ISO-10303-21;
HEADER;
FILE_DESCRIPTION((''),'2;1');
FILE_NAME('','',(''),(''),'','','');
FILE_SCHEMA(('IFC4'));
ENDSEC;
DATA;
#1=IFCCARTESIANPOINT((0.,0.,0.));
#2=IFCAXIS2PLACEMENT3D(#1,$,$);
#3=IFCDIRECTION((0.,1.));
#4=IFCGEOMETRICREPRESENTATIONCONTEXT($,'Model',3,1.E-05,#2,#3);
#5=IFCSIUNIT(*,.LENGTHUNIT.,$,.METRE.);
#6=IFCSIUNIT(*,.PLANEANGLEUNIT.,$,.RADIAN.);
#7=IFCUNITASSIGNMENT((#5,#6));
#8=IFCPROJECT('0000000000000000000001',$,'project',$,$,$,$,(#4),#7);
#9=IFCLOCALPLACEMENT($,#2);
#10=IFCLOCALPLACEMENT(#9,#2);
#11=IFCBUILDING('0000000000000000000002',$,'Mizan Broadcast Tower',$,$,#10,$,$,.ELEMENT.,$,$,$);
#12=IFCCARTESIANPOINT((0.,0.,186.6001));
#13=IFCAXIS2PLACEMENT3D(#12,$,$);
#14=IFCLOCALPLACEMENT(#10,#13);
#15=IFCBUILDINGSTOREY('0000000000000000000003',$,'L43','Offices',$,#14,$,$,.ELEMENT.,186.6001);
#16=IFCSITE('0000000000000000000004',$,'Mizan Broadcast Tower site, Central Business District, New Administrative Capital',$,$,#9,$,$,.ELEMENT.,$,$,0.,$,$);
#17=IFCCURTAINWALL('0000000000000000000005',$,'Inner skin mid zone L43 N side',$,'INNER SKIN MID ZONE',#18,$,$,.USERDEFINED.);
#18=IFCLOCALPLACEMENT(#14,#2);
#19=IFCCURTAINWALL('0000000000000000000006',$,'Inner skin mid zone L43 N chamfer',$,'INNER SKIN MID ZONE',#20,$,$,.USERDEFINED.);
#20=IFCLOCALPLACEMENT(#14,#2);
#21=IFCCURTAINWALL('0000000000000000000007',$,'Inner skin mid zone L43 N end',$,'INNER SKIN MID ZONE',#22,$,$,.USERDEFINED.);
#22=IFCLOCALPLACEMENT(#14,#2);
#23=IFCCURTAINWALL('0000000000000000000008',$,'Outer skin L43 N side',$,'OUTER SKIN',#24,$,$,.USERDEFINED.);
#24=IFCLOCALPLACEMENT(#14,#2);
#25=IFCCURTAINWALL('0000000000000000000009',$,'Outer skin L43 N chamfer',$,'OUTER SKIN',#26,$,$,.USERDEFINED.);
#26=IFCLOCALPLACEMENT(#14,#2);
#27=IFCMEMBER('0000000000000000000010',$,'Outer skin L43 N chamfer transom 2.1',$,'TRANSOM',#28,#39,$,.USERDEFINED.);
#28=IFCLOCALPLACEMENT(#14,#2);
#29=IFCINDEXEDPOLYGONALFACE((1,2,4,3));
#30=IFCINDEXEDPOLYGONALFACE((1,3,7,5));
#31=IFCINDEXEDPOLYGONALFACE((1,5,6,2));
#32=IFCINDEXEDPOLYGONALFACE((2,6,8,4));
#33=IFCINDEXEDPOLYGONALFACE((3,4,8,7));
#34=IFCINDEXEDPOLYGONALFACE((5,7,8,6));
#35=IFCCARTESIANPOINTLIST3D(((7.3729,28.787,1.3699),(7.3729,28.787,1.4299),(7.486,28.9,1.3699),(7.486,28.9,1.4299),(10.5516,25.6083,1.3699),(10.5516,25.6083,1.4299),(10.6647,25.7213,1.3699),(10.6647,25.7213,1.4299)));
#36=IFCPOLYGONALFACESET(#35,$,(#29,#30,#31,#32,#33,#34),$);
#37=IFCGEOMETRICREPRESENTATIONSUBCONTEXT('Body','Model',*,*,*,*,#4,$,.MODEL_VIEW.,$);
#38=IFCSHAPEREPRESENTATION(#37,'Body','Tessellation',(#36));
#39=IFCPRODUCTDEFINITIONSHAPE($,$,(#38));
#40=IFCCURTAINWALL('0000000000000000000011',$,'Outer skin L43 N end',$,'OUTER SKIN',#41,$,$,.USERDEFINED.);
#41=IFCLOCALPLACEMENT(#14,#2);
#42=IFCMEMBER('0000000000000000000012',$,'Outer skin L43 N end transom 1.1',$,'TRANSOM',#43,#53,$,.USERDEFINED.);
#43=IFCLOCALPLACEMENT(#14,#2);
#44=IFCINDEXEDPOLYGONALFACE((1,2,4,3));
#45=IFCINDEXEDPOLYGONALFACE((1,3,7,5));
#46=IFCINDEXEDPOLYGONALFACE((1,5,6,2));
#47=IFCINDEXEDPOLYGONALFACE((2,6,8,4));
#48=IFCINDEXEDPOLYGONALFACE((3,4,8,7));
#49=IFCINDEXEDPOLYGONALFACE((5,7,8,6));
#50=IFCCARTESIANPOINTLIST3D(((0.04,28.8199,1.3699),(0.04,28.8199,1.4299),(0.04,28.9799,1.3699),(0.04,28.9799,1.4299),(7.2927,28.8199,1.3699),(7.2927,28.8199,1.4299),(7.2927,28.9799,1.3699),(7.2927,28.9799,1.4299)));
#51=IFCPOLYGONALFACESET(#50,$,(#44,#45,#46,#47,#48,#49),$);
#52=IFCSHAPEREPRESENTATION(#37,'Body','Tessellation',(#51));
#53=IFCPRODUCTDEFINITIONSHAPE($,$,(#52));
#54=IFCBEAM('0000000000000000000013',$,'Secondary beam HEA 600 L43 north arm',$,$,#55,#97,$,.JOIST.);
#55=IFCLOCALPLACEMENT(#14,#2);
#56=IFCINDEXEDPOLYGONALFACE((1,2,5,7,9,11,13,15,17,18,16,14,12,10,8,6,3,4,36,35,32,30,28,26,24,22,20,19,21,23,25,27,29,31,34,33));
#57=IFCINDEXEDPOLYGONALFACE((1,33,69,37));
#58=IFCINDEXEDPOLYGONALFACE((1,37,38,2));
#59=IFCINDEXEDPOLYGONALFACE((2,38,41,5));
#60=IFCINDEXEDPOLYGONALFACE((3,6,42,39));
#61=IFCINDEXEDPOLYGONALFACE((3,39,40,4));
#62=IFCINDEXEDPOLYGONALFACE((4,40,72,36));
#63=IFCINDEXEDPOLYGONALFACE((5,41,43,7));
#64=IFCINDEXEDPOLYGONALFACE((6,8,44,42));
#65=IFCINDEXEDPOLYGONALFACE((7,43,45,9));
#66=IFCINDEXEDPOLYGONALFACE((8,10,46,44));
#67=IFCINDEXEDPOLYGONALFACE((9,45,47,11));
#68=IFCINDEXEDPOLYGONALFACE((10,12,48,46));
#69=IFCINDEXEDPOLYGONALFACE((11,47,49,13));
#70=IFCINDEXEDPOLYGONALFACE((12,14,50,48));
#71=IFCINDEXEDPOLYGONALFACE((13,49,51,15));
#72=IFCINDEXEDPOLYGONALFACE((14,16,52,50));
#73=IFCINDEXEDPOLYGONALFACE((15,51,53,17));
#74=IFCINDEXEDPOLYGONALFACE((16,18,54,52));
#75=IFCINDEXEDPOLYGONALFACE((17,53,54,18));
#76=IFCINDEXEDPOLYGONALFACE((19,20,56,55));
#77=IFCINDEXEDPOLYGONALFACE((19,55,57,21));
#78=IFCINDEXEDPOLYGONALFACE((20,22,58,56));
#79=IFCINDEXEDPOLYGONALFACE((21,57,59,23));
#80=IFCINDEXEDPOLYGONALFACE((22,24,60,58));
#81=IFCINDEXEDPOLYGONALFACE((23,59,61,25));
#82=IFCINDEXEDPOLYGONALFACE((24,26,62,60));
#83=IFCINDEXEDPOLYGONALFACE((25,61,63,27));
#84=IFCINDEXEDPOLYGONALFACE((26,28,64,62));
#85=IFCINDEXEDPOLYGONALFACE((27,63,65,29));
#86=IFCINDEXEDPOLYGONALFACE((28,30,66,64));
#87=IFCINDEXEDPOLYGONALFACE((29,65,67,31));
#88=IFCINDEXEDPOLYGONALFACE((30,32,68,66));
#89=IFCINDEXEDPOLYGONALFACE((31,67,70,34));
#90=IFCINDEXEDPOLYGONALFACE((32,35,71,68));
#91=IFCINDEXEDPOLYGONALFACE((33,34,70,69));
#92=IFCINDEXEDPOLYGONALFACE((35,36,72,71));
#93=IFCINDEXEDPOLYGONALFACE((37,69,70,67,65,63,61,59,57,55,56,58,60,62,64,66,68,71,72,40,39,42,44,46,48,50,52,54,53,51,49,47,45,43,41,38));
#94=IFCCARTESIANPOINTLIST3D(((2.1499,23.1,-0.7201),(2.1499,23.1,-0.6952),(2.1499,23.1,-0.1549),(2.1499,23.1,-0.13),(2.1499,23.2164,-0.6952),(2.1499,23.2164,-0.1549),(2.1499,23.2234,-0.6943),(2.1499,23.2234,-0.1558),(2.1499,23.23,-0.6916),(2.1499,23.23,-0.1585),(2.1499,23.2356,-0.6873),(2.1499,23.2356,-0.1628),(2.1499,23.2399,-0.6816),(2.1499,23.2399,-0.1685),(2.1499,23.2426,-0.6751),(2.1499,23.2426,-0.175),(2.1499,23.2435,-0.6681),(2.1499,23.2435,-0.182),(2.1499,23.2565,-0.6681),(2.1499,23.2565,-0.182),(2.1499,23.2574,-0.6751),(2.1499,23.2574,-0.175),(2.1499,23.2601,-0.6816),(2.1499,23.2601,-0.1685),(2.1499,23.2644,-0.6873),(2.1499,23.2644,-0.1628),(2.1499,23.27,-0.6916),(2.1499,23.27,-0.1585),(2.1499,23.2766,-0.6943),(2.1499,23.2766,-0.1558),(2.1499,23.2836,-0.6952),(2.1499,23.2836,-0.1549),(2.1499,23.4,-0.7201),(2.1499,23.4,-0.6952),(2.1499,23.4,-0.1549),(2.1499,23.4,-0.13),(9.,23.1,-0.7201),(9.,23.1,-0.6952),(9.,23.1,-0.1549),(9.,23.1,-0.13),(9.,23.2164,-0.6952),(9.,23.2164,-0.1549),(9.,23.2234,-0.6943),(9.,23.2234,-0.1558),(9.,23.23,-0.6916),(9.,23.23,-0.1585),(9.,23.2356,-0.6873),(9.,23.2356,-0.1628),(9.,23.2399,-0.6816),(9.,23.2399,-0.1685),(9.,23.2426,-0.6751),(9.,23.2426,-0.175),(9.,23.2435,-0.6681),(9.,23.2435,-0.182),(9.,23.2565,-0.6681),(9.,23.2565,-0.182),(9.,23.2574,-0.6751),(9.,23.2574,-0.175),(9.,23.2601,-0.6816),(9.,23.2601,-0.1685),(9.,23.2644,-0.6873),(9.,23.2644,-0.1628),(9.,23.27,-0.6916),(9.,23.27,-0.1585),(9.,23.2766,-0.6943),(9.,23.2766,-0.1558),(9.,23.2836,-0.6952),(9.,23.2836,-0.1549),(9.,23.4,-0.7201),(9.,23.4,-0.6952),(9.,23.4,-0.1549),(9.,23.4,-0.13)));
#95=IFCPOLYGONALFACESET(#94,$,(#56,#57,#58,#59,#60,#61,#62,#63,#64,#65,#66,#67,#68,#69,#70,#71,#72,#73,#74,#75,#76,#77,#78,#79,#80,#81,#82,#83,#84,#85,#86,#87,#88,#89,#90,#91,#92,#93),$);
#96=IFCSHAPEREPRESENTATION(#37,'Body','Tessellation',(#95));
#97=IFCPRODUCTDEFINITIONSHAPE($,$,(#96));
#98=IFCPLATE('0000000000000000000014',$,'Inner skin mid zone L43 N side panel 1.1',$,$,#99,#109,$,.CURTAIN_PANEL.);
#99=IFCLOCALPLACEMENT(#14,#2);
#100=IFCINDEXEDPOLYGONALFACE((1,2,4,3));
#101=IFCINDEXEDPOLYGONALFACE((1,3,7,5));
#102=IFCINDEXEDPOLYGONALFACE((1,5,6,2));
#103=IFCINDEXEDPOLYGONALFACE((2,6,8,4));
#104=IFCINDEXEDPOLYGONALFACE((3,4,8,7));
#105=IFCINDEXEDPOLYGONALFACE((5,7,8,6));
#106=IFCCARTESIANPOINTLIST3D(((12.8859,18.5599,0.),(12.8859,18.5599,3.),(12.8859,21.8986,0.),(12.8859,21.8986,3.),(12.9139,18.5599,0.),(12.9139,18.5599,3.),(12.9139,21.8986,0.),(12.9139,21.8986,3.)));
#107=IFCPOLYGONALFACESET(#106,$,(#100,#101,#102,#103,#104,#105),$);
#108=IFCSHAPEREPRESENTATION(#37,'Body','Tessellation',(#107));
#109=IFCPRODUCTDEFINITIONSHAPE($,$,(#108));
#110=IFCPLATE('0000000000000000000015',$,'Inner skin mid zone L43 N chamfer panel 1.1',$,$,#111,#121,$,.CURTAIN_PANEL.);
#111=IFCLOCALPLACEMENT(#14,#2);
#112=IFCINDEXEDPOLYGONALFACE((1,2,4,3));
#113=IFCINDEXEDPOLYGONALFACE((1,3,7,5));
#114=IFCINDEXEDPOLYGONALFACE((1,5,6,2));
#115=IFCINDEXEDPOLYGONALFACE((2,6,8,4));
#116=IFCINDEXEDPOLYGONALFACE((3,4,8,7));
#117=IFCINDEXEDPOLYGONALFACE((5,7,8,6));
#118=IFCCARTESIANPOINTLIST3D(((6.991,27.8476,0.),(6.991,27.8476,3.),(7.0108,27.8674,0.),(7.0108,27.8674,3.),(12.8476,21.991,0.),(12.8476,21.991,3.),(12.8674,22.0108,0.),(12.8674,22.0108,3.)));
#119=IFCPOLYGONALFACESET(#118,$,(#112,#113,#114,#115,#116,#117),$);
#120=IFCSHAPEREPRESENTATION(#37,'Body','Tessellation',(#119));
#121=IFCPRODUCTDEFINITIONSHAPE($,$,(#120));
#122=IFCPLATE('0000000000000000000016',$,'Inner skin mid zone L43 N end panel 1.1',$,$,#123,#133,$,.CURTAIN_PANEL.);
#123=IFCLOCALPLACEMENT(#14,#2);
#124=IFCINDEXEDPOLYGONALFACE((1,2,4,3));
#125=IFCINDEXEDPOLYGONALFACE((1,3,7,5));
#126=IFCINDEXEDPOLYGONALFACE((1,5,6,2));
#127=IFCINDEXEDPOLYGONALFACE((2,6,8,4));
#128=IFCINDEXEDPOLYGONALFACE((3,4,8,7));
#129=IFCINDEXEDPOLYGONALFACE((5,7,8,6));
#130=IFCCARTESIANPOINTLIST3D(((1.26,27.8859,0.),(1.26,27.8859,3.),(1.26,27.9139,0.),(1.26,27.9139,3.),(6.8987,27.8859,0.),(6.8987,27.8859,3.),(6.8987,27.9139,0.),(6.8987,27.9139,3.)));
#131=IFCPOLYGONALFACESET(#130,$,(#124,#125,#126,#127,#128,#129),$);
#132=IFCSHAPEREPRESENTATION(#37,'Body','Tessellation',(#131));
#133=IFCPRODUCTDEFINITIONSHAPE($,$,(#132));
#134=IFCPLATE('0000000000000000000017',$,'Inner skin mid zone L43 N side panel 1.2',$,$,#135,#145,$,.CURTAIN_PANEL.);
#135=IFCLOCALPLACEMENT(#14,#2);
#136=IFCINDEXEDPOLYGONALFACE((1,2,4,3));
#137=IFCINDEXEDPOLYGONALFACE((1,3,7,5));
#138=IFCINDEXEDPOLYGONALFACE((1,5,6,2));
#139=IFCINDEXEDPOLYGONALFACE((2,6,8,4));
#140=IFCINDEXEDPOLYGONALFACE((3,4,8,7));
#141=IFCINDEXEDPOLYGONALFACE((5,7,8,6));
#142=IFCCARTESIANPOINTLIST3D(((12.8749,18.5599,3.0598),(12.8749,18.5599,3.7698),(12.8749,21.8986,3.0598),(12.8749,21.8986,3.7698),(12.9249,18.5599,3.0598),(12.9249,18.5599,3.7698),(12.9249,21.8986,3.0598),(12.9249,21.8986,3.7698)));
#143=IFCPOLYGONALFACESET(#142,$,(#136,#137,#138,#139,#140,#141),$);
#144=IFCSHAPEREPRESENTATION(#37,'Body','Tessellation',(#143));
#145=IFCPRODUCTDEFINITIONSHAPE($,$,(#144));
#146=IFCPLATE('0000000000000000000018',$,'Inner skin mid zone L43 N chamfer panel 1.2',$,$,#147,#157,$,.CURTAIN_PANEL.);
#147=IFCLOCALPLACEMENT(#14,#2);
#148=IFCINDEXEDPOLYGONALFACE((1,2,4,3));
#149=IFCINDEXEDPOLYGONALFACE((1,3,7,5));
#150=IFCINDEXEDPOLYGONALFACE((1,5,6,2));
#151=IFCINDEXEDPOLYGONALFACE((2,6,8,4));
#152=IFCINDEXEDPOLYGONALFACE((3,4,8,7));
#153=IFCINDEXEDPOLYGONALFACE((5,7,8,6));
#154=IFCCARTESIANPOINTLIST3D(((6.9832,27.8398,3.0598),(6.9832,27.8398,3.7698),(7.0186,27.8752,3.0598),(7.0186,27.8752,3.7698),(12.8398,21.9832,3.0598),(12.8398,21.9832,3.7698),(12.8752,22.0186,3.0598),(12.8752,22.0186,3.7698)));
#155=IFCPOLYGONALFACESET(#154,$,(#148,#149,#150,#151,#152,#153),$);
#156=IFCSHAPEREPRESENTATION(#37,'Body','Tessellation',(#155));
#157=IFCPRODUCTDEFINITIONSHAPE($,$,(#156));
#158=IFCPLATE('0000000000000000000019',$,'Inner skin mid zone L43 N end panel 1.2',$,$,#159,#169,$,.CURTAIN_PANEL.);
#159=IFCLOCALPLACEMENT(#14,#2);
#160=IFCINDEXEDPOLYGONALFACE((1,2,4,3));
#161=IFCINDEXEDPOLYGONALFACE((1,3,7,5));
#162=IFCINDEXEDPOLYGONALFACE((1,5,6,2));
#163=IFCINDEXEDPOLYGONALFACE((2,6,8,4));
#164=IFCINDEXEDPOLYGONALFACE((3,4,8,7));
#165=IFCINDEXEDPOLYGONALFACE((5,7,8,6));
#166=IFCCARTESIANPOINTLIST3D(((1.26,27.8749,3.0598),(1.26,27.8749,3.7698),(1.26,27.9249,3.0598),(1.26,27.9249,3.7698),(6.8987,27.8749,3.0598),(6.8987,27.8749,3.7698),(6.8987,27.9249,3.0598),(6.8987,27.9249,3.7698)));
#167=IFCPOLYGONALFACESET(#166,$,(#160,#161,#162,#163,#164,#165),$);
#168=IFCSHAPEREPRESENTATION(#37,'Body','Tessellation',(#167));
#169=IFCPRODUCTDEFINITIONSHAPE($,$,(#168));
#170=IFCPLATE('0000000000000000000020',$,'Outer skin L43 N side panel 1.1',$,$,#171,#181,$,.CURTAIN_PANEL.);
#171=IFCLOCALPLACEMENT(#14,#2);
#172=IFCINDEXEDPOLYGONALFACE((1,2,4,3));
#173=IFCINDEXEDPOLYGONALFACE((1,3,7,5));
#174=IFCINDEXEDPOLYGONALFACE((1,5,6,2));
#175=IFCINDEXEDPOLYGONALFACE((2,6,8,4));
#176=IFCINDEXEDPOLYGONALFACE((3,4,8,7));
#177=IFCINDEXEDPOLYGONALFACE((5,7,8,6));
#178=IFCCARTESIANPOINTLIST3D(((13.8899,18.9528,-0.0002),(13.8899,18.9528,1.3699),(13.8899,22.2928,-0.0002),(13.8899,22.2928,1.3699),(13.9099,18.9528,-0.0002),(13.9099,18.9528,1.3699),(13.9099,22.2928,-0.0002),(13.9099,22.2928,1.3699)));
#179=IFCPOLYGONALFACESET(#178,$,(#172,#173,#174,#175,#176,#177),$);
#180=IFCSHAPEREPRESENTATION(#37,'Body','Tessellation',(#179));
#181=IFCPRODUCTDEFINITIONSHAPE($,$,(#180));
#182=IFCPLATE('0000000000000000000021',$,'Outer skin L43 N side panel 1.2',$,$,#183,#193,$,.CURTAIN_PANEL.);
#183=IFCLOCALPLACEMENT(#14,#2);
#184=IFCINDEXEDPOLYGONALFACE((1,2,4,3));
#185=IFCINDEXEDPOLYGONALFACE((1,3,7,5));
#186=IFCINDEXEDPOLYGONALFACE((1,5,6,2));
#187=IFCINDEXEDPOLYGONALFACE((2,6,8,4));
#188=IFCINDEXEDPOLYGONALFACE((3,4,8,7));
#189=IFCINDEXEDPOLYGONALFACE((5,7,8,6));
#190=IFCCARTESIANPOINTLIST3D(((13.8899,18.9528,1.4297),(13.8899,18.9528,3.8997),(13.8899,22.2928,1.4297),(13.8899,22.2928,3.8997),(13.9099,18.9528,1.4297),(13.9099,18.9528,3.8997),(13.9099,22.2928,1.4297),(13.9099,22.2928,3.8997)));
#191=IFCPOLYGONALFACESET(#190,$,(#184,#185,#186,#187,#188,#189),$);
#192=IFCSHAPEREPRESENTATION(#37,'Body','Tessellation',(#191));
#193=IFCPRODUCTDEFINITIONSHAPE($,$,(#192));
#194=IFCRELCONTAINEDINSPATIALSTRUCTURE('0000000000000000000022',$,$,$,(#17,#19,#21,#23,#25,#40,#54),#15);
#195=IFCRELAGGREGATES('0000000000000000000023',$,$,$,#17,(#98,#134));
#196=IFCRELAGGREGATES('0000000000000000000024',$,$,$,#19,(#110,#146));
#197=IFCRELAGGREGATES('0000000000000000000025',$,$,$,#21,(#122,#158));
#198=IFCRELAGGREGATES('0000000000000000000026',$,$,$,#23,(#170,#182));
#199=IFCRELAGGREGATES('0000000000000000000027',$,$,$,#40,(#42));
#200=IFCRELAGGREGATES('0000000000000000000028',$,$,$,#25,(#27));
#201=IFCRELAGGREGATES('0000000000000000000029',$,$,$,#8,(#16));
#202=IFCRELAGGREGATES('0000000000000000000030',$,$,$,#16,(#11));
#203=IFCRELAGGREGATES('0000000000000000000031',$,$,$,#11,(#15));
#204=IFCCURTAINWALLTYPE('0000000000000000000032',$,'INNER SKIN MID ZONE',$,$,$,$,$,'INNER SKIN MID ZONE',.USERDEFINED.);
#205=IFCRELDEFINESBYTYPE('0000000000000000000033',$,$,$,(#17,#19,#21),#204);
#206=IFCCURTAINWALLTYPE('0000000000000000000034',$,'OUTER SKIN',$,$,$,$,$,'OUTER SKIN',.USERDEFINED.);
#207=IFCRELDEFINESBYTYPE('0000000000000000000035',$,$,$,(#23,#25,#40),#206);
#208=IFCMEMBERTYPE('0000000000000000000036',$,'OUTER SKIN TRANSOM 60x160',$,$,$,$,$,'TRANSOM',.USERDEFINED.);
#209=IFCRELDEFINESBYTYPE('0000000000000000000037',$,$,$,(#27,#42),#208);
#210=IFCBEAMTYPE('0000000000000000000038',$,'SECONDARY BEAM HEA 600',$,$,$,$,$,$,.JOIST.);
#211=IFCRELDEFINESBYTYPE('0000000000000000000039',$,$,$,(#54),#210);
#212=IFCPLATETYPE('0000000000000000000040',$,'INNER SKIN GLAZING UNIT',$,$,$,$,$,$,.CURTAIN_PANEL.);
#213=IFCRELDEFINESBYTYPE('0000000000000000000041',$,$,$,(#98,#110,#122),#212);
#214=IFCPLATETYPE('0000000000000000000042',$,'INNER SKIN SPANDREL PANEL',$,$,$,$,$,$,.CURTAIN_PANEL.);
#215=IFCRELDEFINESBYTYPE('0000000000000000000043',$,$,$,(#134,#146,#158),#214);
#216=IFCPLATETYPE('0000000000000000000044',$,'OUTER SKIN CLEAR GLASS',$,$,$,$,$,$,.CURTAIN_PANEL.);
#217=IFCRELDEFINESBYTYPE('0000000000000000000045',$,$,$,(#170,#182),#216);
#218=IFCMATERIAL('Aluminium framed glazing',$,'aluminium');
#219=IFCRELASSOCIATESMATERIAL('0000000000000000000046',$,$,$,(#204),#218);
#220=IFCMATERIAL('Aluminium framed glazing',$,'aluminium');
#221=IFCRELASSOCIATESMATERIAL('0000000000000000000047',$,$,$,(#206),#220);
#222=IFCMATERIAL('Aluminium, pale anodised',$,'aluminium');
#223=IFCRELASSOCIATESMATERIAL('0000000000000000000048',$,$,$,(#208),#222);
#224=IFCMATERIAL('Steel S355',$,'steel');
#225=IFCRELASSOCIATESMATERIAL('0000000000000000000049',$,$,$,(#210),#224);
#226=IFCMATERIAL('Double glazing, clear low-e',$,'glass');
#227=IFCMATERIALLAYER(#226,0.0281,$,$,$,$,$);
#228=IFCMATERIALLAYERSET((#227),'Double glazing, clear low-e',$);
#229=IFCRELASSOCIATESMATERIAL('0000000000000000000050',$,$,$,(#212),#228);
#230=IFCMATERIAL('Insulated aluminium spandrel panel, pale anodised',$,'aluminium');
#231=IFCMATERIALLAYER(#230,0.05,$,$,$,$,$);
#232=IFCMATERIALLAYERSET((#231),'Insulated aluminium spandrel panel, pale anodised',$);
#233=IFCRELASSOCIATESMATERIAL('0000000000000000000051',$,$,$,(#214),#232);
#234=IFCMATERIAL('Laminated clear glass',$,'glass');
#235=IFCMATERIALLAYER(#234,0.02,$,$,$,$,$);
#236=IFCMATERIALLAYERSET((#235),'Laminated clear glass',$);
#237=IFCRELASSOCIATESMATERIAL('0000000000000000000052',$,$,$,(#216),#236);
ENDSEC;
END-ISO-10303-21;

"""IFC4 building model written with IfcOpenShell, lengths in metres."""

from ifc_helpers import new_model, si_unit, direction, frame, origin, origin_2d, place, context, subcontext, project, spatial, rectangle, i_section, extrude, material, layer, layer_set, material_profile, profile_set, type_object, element, aggregate, save


model = new_model("IFC4")

# Units and contexts
model_context = context("Model", 3, precision=1e-05, world=origin(), true_north=direction((0.0, 1.0)))
body_context = subcontext(model_context, "Body", "Model", "MODEL_VIEW")
ifc_project = project(units=[si_unit("LENGTHUNIT", "METRE"), si_unit("PLANEANGLEUNIT", "RADIAN")], contexts=[model_context])

# Site, building, storey
site_placement = place(None, origin())
site = spatial("IfcSite", under=ifc_project, at=site_placement, Name="Mizan Broadcast Tower site, Central Business District, New Administrative Capital", CompositionType="ELEMENT", RefElevation=0.0)
building_placement = place(site_placement, origin())
building = spatial("IfcBuilding", under=site, at=building_placement, Name="Mizan Broadcast Tower", CompositionType="ELEMENT")
storey_placement = place(building_placement, frame((0.0, 0.0, 186.6001)))
storey = spatial("IfcBuildingStorey", under=building, at=storey_placement, Name="L43", Description="Offices", CompositionType="ELEMENT", Elevation=186.6001)

# Curtain walls
ifc_material_1 = material(Name="Aluminium framed glazing", Category="aluminium")
curtain_wall_type_1 = type_object("IfcCurtainWallType", Name="INNER SKIN MID ZONE", ElementType="INNER SKIN MID ZONE", PredefinedType="USERDEFINED", material=ifc_material_1)
curtain_wall_1_placement = place(storey_placement, origin())
curtain_wall_1 = element("IfcCurtainWall", 1, at=curtain_wall_1_placement, inside=storey, type_object=curtain_wall_type_1, Name="Inner skin mid zone L43 N side", ObjectType="INNER SKIN MID ZONE", PredefinedType="USERDEFINED")
curtain_wall_2_placement = place(storey_placement, origin())
curtain_wall_2 = element("IfcCurtainWall", 2, at=curtain_wall_2_placement, inside=storey, type_object=curtain_wall_type_1, Name="Inner skin mid zone L43 N chamfer", ObjectType="INNER SKIN MID ZONE", PredefinedType="USERDEFINED")
curtain_wall_3_placement = place(storey_placement, origin())
curtain_wall_3 = element("IfcCurtainWall", 3, at=curtain_wall_3_placement, inside=storey, type_object=curtain_wall_type_1, Name="Inner skin mid zone L43 N end", ObjectType="INNER SKIN MID ZONE", PredefinedType="USERDEFINED")

# Curtain wall
ifc_material_2 = material(Name="Aluminium framed glazing", Category="aluminium")
curtain_wall_type_2 = type_object("IfcCurtainWallType", Name="OUTER SKIN", ElementType="OUTER SKIN", PredefinedType="USERDEFINED", material=ifc_material_2)
curtain_wall_4_placement = place(storey_placement, origin())
curtain_wall_4 = element("IfcCurtainWall", 4, at=curtain_wall_4_placement, inside=storey, type_object=curtain_wall_type_2, Name="Outer skin L43 N side", ObjectType="OUTER SKIN", PredefinedType="USERDEFINED")

# Curtain wall, member
curtain_wall_5_placement = place(storey_placement, origin())
curtain_wall_5 = element("IfcCurtainWall", 5, at=curtain_wall_5_placement, inside=storey, type_object=curtain_wall_type_2, Name="Outer skin L43 N chamfer", ObjectType="OUTER SKIN", PredefinedType="USERDEFINED")
ifc_material_3 = material(Name="Aluminium, pale anodised", Category="aluminium")
ifc_material_profile_1 = material_profile(ifc_material_3, rectangle(XDim=0.1599, YDim=0.0601, at=origin_2d()), Name="TRANSOM 160x60")
ifc_profile_set_1 = profile_set([ifc_material_profile_1], Name="Aluminium, pale anodised")
member_type_1 = type_object("IfcMemberType", Name="OUTER SKIN TRANSOM 60x160", ElementType="TRANSOM", PredefinedType="USERDEFINED", material=ifc_profile_set_1)
member_1_placement = place(storey_placement, frame((10.6082, 25.6648, 1.3999), z_axis=(-0.707107, 0.707107, 0.0), x_axis=(-0.707107, -0.707107, 0.0)))
member_1 = element("IfcMember", 6, at=member_1_placement, type_object=member_type_1, Name="Outer skin L43 N chamfer transom 2.1", ObjectType="TRANSOM", PredefinedType="USERDEFINED", context=body_context, shape_type="SweptSolid", body=[
    extrude(rectangle(XDim=0.1599, YDim=0.0601, at=origin_2d()), origin(), (0.0, 0.0, 1.0), 4.4954),
])

# Curtain wall, member
curtain_wall_6_placement = place(storey_placement, origin())
curtain_wall_6 = element("IfcCurtainWall", 7, at=curtain_wall_6_placement, inside=storey, type_object=curtain_wall_type_2, Name="Outer skin L43 N end", ObjectType="OUTER SKIN", PredefinedType="USERDEFINED")
member_2_placement = place(storey_placement, frame((7.2927, 28.8999, 1.3999), z_axis=(-1.0, 0.0, 0.0), x_axis=(0.0, -1.0, 0.0)))
member_2 = element("IfcMember", 8, at=member_2_placement, type_object=member_type_1, Name="Outer skin L43 N end transom 1.1", ObjectType="TRANSOM", PredefinedType="USERDEFINED", context=body_context, shape_type="SweptSolid", body=[
    extrude(rectangle(XDim=0.1599, YDim=0.0601, at=origin_2d()), origin(), (0.0, 0.0, 1.0), 7.2527),
])

# Beam
ifc_material_4 = material(Name="Steel S355", Category="steel")
ifc_material_profile_2 = material_profile(ifc_material_4, i_section(OverallWidth=0.3, OverallDepth=0.5901, WebThickness=0.0129, FlangeThickness=0.0249, FilletRadius=0.0271, at=origin_2d()), Name="HEA 600")
ifc_profile_set_2 = profile_set([ifc_material_profile_2], Name="Steel S355")
beam_type_1 = type_object("IfcBeamType", Name="SECONDARY BEAM HEA 600", PredefinedType="JOIST", material=ifc_profile_set_2)
beam_1_placement = place(storey_placement, frame((9.0, 23.25, -0.425), z_axis=(-1.0, 0.0, 0.0), x_axis=(0.0, -1.0, 0.0)))
element("IfcBeam", 9, at=beam_1_placement, inside=storey, type_object=beam_type_1, Name="Secondary beam HEA 600 L43 north arm", PredefinedType="JOIST", context=body_context, shape_type="SweptSolid", body=[
    extrude(i_section(OverallWidth=0.3, OverallDepth=0.5901, WebThickness=0.0129, FlangeThickness=0.0249, FilletRadius=0.0271, at=origin_2d()), origin(), (0.0, 0.0, 1.0), 6.8501),
])

# Plates
ifc_material_5 = material(Name="Double glazing, clear low-e", Category="glass")
ifc_layer_1 = layer(ifc_material_5, 0.0281)
ifc_layer_set_1 = layer_set([ifc_layer_1], Name="Double glazing, clear low-e")
plate_type_1 = type_object("IfcPlateType", Name="INNER SKIN GLAZING UNIT", PredefinedType="CURTAIN_PANEL", material=ifc_layer_set_1)
plate_1_placement = place(storey_placement, frame((12.8999, 20.2292, 0.0), z_axis=(0.0, 0.0, 1.0), x_axis=(0.0, 1.0, 0.0)))
plate_1 = element("IfcPlate", 10, at=plate_1_placement, type_object=plate_type_1, Name="Inner skin mid zone L43 N side panel 1.1", PredefinedType="CURTAIN_PANEL", context=body_context, shape_type="SweptSolid", body=[
    extrude(rectangle(XDim=3.3386, YDim=0.0281, at=origin_2d()), origin(), (0.0, 0.0, 1.0), 3.0),
])
plate_2_placement = place(storey_placement, frame((9.9292, 24.9292, 0.0), z_axis=(0.0, 0.0, 1.0), x_axis=(-0.707107, 0.707107, 0.0)))
plate_2 = element("IfcPlate", 11, at=plate_2_placement, type_object=plate_type_1, Name="Inner skin mid zone L43 N chamfer panel 1.1", PredefinedType="CURTAIN_PANEL", context=body_context, shape_type="SweptSolid", body=[
    extrude(rectangle(XDim=8.2825, YDim=0.0281, at=origin_2d()), origin(), (0.0, 0.0, 1.0), 3.0),
])
plate_3_placement = place(storey_placement, frame((4.0793, 27.8999, 0.0), z_axis=(0.0, 0.0, 1.0), x_axis=(-1.0, 0.0, 0.0)))
plate_3 = element("IfcPlate", 12, at=plate_3_placement, type_object=plate_type_1, Name="Inner skin mid zone L43 N end panel 1.1", PredefinedType="CURTAIN_PANEL", context=body_context, shape_type="SweptSolid", body=[
    extrude(rectangle(XDim=5.6387, YDim=0.0281, at=origin_2d()), origin(), (0.0, 0.0, 1.0), 3.0),
])
ifc_material_6 = material(Name="Insulated aluminium spandrel panel, pale anodised", Category="aluminium")
ifc_layer_2 = layer(ifc_material_6, 0.05)
ifc_layer_set_2 = layer_set([ifc_layer_2], Name="Insulated aluminium spandrel panel, pale anodised")
plate_type_2 = type_object("IfcPlateType", Name="INNER SKIN SPANDREL PANEL", PredefinedType="CURTAIN_PANEL", material=ifc_layer_set_2)
plate_4_placement = place(storey_placement, frame((12.8999, 20.2292, 3.0598), z_axis=(0.0, 0.0, 1.0), x_axis=(0.0, 1.0, 0.0)))
plate_4 = element("IfcPlate", 13, at=plate_4_placement, type_object=plate_type_2, Name="Inner skin mid zone L43 N side panel 1.2", PredefinedType="CURTAIN_PANEL", context=body_context, shape_type="SweptSolid", body=[
    extrude(rectangle(XDim=3.3386, YDim=0.05, at=origin_2d()), origin(), (0.0, 0.0, 1.0), 0.71),
])
aggregate(curtain_wall_1, [plate_1, plate_4])
plate_5_placement = place(storey_placement, frame((9.9292, 24.9292, 3.0598), z_axis=(0.0, 0.0, 1.0), x_axis=(-0.707107, 0.707107, 0.0)))
plate_5 = element("IfcPlate", 14, at=plate_5_placement, type_object=plate_type_2, Name="Inner skin mid zone L43 N chamfer panel 1.2", PredefinedType="CURTAIN_PANEL", context=body_context, shape_type="SweptSolid", body=[
    extrude(rectangle(XDim=8.2825, YDim=0.05, at=origin_2d()), origin(), (0.0, 0.0, 1.0), 0.71),
])
aggregate(curtain_wall_2, [plate_2, plate_5])
plate_6_placement = place(storey_placement, frame((4.0793, 27.8999, 3.0598), z_axis=(0.0, 0.0, 1.0), x_axis=(-1.0, 0.0, 0.0)))
plate_6 = element("IfcPlate", 15, at=plate_6_placement, type_object=plate_type_2, Name="Inner skin mid zone L43 N end panel 1.2", PredefinedType="CURTAIN_PANEL", context=body_context, shape_type="SweptSolid", body=[
    extrude(rectangle(XDim=5.6387, YDim=0.05, at=origin_2d()), origin(), (0.0, 0.0, 1.0), 0.71),
])
aggregate(curtain_wall_3, [plate_3, plate_6])
ifc_material_7 = material(Name="Laminated clear glass", Category="glass")
ifc_layer_3 = layer(ifc_material_7, 0.02)
ifc_layer_set_3 = layer_set([ifc_layer_3], Name="Laminated clear glass")
plate_type_3 = type_object("IfcPlateType", Name="OUTER SKIN CLEAR GLASS", PredefinedType="CURTAIN_PANEL", material=ifc_layer_set_3)
plate_7_placement = place(storey_placement, frame((13.8999, 20.6228, -0.0002), z_axis=(0.0, 0.0, 1.0), x_axis=(0.0, 1.0, 0.0)))
plate_7 = element("IfcPlate", 16, at=plate_7_placement, type_object=plate_type_3, Name="Outer skin L43 N side panel 1.1", PredefinedType="CURTAIN_PANEL", context=body_context, shape_type="SweptSolid", body=[
    extrude(rectangle(XDim=3.3401, YDim=0.02, at=origin_2d()), origin(), (0.0, 0.0, 1.0), 1.3701),
])
plate_8_placement = place(storey_placement, frame((13.8999, 20.6228, 1.4297), z_axis=(0.0, 0.0, 1.0), x_axis=(0.0, 1.0, 0.0)))
plate_8 = element("IfcPlate", 17, at=plate_8_placement, type_object=plate_type_3, Name="Outer skin L43 N side panel 1.2", PredefinedType="CURTAIN_PANEL", context=body_context, shape_type="SweptSolid", body=[
    extrude(rectangle(XDim=3.3401, YDim=0.02, at=origin_2d()), origin(), (0.0, 0.0, 1.0), 2.47),
])
aggregate(curtain_wall_4, [plate_7, plate_8])
aggregate(curtain_wall_6, [member_2])
aggregate(curtain_wall_5, [member_1])

save(model, "model.ifc")
